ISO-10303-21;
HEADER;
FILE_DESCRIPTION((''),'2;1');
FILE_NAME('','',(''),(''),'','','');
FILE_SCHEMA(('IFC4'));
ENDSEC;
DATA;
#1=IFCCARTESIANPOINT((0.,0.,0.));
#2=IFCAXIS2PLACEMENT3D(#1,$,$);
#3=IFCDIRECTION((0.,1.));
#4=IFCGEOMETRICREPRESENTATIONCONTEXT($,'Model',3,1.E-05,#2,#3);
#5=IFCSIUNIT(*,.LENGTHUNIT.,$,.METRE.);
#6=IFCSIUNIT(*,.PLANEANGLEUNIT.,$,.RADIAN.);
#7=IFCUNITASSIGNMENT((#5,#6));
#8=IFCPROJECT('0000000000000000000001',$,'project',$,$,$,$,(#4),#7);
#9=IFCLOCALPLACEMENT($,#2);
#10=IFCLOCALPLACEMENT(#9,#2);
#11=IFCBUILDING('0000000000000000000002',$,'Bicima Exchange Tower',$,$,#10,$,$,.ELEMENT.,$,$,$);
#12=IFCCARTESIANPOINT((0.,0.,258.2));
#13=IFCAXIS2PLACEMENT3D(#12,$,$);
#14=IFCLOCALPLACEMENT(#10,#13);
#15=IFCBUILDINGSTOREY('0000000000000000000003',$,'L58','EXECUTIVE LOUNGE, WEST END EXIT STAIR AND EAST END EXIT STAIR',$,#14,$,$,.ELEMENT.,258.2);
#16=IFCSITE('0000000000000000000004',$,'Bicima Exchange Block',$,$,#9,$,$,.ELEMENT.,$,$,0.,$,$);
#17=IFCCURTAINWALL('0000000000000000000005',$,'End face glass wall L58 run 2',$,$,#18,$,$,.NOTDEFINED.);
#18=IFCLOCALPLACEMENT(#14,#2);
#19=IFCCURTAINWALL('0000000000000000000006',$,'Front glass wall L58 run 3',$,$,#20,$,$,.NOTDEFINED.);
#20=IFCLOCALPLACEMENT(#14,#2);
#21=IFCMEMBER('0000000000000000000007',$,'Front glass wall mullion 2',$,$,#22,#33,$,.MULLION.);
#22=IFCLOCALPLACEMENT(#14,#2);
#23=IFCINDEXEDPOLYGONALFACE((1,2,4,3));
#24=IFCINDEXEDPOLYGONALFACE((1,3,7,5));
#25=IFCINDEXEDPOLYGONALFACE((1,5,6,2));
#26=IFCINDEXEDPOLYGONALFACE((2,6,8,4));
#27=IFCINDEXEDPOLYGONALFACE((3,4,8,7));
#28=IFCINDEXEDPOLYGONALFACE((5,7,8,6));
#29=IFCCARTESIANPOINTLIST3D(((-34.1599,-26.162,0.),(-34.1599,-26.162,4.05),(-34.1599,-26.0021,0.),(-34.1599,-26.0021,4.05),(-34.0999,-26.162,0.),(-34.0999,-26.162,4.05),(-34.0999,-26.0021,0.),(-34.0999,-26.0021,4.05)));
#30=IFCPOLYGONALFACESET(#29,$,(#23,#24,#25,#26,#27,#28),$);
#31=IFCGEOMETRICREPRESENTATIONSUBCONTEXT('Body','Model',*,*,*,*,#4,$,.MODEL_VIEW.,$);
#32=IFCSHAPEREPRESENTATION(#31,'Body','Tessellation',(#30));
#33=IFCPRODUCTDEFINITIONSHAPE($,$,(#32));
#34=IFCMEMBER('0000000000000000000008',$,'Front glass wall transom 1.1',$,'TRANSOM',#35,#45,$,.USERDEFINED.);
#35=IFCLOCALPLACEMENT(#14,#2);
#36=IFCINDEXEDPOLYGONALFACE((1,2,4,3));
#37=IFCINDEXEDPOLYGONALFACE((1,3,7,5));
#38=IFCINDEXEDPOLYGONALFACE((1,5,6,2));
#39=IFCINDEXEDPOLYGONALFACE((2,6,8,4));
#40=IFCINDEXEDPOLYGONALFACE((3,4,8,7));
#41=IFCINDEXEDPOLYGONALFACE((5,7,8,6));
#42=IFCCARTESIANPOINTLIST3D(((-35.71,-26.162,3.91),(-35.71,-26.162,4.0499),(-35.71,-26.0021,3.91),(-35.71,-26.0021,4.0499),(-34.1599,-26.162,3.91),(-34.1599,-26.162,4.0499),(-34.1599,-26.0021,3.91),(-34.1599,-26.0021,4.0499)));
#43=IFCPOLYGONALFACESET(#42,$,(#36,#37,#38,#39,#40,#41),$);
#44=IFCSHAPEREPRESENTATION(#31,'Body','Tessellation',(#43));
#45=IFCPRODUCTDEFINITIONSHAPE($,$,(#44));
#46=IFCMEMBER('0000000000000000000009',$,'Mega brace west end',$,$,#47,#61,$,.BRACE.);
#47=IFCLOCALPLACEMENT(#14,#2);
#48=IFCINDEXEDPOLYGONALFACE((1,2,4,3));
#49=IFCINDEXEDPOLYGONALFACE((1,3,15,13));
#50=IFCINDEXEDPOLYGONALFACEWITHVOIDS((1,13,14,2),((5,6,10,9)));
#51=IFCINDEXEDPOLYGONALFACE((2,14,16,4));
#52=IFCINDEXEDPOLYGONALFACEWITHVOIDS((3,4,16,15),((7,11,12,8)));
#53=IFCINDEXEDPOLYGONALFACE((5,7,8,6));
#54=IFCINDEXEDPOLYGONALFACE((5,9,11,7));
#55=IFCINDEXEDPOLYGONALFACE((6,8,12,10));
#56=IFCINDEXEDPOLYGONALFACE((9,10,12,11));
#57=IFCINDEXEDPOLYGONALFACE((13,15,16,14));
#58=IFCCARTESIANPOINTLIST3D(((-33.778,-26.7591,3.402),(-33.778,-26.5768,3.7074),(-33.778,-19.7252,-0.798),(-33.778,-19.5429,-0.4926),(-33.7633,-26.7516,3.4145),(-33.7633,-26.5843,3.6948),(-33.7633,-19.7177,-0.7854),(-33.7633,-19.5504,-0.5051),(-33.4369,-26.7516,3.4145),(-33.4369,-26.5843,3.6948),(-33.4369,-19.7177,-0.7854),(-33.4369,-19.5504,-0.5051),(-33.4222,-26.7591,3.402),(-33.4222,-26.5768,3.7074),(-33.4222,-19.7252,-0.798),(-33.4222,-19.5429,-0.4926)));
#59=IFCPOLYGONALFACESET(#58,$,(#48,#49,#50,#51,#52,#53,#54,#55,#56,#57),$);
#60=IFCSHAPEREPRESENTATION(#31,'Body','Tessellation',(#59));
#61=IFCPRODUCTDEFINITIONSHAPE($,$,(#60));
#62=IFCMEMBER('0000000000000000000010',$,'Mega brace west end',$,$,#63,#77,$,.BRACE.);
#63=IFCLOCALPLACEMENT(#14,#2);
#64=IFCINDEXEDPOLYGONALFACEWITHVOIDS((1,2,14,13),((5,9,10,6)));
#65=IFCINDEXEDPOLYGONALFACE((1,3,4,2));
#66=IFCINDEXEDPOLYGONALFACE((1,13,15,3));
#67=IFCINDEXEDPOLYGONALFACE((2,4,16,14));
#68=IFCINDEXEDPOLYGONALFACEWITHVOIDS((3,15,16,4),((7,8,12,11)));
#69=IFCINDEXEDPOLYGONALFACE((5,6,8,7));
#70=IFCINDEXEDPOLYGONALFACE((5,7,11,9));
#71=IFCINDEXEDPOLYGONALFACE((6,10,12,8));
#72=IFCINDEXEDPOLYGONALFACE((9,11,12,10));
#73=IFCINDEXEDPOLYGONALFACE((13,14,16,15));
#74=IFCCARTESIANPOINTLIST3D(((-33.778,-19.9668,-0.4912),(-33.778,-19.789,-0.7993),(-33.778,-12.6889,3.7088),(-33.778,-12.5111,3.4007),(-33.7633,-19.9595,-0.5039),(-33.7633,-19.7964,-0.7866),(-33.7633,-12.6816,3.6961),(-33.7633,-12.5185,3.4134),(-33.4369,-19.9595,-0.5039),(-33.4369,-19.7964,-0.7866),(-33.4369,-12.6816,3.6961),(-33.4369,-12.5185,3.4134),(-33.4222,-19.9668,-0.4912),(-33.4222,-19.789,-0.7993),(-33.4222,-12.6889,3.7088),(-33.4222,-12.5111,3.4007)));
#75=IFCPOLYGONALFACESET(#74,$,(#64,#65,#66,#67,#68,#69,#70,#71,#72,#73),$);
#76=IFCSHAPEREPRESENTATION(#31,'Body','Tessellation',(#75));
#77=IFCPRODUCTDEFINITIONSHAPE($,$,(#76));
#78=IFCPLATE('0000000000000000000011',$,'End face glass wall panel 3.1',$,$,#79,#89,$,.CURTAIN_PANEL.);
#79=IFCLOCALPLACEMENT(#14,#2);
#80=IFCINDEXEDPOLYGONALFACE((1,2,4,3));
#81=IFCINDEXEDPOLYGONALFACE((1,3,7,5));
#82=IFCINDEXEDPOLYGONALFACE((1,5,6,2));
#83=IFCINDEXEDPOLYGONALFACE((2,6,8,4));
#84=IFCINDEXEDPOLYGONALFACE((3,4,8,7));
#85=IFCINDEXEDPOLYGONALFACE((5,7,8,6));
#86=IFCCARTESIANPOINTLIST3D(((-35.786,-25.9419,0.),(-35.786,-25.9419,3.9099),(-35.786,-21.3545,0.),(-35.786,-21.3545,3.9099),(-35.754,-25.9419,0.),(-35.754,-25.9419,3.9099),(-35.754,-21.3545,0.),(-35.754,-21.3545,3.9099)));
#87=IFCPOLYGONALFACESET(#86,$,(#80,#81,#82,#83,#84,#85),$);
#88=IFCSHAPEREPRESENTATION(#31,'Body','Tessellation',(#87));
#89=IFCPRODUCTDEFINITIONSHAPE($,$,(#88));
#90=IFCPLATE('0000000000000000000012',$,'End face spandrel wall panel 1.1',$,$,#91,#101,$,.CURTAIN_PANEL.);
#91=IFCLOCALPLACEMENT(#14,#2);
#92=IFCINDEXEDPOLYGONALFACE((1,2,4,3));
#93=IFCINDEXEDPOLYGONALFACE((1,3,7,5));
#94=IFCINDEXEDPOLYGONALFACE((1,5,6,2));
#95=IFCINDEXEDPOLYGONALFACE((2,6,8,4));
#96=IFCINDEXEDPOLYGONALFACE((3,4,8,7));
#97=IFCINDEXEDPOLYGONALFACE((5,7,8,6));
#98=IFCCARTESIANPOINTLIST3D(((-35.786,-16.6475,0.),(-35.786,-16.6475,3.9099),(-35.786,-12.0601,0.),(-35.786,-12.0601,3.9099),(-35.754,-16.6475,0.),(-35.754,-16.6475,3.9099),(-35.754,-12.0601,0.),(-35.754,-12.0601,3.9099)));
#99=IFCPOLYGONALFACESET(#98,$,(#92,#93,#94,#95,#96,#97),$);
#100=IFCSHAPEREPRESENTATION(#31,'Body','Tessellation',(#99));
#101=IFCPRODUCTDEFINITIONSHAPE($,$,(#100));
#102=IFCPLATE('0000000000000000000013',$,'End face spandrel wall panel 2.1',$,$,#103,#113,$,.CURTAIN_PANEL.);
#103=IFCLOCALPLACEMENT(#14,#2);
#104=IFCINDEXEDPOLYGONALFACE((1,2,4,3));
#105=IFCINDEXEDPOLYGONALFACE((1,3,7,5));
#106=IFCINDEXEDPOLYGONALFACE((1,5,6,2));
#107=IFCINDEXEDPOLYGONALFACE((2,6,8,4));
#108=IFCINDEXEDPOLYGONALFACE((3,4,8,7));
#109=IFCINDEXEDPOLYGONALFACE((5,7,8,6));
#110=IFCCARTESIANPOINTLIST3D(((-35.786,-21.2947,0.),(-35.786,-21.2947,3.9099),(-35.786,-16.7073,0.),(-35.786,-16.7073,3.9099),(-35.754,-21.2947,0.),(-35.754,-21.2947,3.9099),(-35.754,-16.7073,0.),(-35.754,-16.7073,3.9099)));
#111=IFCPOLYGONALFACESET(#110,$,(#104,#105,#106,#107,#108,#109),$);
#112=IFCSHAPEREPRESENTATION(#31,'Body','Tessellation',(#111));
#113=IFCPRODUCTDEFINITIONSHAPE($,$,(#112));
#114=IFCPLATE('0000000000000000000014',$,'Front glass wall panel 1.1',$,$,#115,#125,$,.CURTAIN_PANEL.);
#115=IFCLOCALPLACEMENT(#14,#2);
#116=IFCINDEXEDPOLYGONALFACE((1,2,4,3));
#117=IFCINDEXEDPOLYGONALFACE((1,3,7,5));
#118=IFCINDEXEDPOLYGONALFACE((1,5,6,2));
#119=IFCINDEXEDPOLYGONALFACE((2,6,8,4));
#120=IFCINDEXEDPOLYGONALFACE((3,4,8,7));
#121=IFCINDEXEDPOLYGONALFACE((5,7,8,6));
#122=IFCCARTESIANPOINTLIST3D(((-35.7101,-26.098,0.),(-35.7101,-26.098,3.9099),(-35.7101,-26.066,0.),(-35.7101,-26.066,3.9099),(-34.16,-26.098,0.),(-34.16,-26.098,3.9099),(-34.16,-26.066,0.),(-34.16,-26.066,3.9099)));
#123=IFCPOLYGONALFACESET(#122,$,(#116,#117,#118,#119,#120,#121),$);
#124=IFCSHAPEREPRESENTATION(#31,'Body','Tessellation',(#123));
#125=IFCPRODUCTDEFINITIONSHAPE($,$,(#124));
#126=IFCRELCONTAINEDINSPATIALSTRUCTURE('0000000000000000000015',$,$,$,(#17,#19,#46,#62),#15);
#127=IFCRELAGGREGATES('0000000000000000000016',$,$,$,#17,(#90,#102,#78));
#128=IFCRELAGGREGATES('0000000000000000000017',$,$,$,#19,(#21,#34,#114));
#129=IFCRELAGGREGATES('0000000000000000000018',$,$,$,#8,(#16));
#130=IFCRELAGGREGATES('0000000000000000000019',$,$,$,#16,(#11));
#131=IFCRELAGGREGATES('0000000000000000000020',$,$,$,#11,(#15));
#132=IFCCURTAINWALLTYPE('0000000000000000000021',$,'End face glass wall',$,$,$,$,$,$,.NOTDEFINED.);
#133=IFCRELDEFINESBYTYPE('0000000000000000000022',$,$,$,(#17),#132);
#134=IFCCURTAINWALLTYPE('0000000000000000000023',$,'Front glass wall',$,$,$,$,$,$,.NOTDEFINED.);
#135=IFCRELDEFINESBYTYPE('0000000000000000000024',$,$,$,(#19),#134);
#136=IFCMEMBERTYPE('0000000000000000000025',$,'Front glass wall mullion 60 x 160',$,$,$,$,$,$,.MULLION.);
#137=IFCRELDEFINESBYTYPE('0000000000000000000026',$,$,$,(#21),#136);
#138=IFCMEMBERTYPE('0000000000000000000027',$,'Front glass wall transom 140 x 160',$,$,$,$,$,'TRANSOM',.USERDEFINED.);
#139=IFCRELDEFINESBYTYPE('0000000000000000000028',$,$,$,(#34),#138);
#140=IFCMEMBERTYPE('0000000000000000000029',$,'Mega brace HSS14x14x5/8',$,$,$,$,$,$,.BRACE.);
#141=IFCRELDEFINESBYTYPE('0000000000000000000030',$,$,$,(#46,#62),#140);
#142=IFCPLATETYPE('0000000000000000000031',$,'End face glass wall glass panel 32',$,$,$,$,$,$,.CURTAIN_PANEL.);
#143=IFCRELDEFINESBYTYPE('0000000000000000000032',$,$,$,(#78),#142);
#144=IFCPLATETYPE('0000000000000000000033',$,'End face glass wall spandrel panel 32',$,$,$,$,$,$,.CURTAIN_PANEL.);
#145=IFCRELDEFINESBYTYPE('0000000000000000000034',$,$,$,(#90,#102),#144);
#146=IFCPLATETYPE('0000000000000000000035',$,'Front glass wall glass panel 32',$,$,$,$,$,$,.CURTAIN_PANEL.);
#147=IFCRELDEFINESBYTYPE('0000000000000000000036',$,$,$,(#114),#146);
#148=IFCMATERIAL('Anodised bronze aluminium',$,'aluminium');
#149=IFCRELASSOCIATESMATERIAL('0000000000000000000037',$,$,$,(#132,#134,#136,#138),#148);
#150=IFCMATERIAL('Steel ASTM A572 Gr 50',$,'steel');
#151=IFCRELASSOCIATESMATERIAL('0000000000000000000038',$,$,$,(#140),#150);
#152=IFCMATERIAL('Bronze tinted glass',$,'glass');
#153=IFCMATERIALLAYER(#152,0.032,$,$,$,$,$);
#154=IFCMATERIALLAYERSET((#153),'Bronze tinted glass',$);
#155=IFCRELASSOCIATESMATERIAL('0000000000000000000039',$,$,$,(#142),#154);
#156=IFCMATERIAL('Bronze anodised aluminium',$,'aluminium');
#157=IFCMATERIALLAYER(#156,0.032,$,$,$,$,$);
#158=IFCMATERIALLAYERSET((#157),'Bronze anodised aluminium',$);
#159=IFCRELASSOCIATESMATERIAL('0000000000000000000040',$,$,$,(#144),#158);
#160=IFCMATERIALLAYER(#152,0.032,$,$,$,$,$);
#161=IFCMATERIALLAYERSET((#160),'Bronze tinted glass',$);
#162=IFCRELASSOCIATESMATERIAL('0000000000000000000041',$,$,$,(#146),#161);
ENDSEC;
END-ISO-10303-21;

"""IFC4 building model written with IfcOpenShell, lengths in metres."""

from ifc_helpers import new_model, si_unit, direction, frame, origin, origin_2d, place, context, subcontext, project, spatial, rectangle, hollow_rectangle, extrude, material, layer, layer_set, material_profile, profile_set, type_object, element, aggregate, save


model = new_model("IFC4")

# Units and contexts
model_context = context("Model", 3, precision=1e-05, world=origin(), true_north=direction((0.0, 1.0)))
body_context = subcontext(model_context, "Body", "Model", "MODEL_VIEW")
ifc_project = project(units=[si_unit("LENGTHUNIT", "METRE"), si_unit("PLANEANGLEUNIT", "RADIAN")], contexts=[model_context])

# Site, building, storey
site_placement = place(None, origin())
site = spatial("IfcSite", under=ifc_project, at=site_placement, Name="Bicima Exchange Block", CompositionType="ELEMENT", RefElevation=0.0)
building_placement = place(site_placement, origin())
building = spatial("IfcBuilding", under=site, at=building_placement, Name="Bicima Exchange Tower", CompositionType="ELEMENT")
storey_placement = place(building_placement, frame((0.0, 0.0, 258.2)))
storey = spatial("IfcBuildingStorey", under=building, at=storey_placement, Name="L58", Description="EXECUTIVE LOUNGE, WEST END EXIT STAIR AND EAST END EXIT STAIR", CompositionType="ELEMENT", Elevation=258.2)

# Shared definitions
ifc_material_1 = material(Name="Steel ASTM A572 Gr 50", Category="steel")

# Curtain wall
ifc_material_2 = material(Name="Anodised bronze aluminium", Category="aluminium")
curtain_wall_type_1 = type_object("IfcCurtainWallType", Name="End face glass wall", PredefinedType="NOTDEFINED", material=ifc_material_2)
curtain_wall_1_placement = place(storey_placement, origin())
curtain_wall_1 = element("IfcCurtainWall", 1, at=curtain_wall_1_placement, inside=storey, type_object=curtain_wall_type_1, Name="End face glass wall L58 run 2", PredefinedType="NOTDEFINED")
ifc_material_profile_1 = material_profile(ifc_material_2, rectangle(XDim=0.1599, YDim=0.0601, at=origin_2d()))
ifc_profile_set_1 = profile_set([ifc_material_profile_1], Name="Anodised bronze aluminium")
ifc_material_profile_2 = material_profile(ifc_material_2, rectangle(XDim=0.1599, YDim=0.1399, at=origin_2d()))
ifc_profile_set_2 = profile_set([ifc_material_profile_2], Name="Anodised bronze aluminium")

# Curtain wall, members
curtain_wall_type_2 = type_object("IfcCurtainWallType", Name="Front glass wall", PredefinedType="NOTDEFINED", material=ifc_material_2)
curtain_wall_2_placement = place(storey_placement, origin())
curtain_wall_2 = element("IfcCurtainWall", 2, at=curtain_wall_2_placement, inside=storey, type_object=curtain_wall_type_2, Name="Front glass wall L58 run 3", PredefinedType="NOTDEFINED")
member_type_1 = type_object("IfcMemberType", Name="Front glass wall mullion 60 x 160", PredefinedType="MULLION", material=ifc_profile_set_1)
member_1_placement = place(storey_placement, frame((-34.1299, -26.082, 0.0), z_axis=(0.0, 0.0, 1.0), x_axis=(0.0, 1.0, 0.0)))
member_1 = element("IfcMember", 3, at=member_1_placement, type_object=member_type_1, Name="Front glass wall mullion 2", PredefinedType="MULLION", context=body_context, shape_type="SweptSolid", body=[
    extrude(rectangle(XDim=0.1599, YDim=0.0601, at=origin_2d()), origin(), (0.0, 0.0, 1.0), 4.05),
])
member_type_2 = type_object("IfcMemberType", Name="Front glass wall transom 140 x 160", ElementType="TRANSOM", PredefinedType="USERDEFINED", material=ifc_profile_set_2)
member_2_placement = place(storey_placement, frame((-35.71, -26.082, 3.98), z_axis=(1.0, 0.0, 0.0), x_axis=(0.0, 1.0, 0.0)))
member_2 = element("IfcMember", 4, at=member_2_placement, type_object=member_type_2, Name="Front glass wall transom 1.1", ObjectType="TRANSOM", PredefinedType="USERDEFINED", context=body_context, shape_type="SweptSolid", body=[
    extrude(rectangle(XDim=0.1599, YDim=0.1399, at=origin_2d()), origin(), (0.0, 0.0, 1.0), 1.55),
])

# Members
ifc_material_profile_3 = material_profile(ifc_material_1, hollow_rectangle(XDim=0.3557, YDim=0.3557, WallThickness=0.0146, at=origin_2d()))
ifc_profile_set_3 = profile_set([ifc_material_profile_3], Name="Steel ASTM A572 Gr 50")
member_type_3 = type_object("IfcMemberType", Name="Mega brace HSS14x14x5/8", PredefinedType="BRACE", material=ifc_profile_set_3)
member_3_placement = place(storey_placement, frame((-33.6001, -19.634, -0.6453), z_axis=(0.0, -0.85859, 0.512663), x_axis=(1.0, 0.0, 0.0)))
element("IfcMember", 5, at=member_3_placement, inside=storey, type_object=member_type_3, Name="Mega brace west end", PredefinedType="BRACE", context=body_context, shape_type="SweptSolid", body=[
    extrude(hollow_rectangle(XDim=0.3557, YDim=0.3557, WallThickness=0.0146, at=origin_2d()), origin(), (0.0, 0.0, 1.0), 8.1924),
])
member_4_placement = place(storey_placement, frame((-33.6001, -19.8779, -0.6453), z_axis=(0.0, 0.866124, 0.49983), x_axis=(-1.0, 0.0, 0.0)))
element("IfcMember", 6, at=member_4_placement, inside=storey, type_object=member_type_3, Name="Mega brace west end", PredefinedType="BRACE", context=body_context, shape_type="SweptSolid", body=[
    extrude(hollow_rectangle(XDim=0.3557, YDim=0.3557, WallThickness=0.0146, at=origin_2d()), origin(), (0.0, 0.0, 1.0), 8.4028),
])

# Plates
ifc_material_3 = material(Name="Bronze tinted glass", Category="glass")
ifc_layer_1 = layer(ifc_material_3, 0.032)
ifc_layer_set_1 = layer_set([ifc_layer_1], Name="Bronze tinted glass")
plate_type_1 = type_object("IfcPlateType", Name="End face glass wall glass panel 32", PredefinedType="CURTAIN_PANEL", material=ifc_layer_set_1)
plate_1_placement = place(storey_placement, frame((-35.77, -23.6482, 0.0), z_axis=(0.0, 0.0, 1.0), x_axis=(0.0, -1.0, 0.0)))
plate_1 = element("IfcPlate", 7, at=plate_1_placement, type_object=plate_type_1, Name="End face glass wall panel 3.1", PredefinedType="CURTAIN_PANEL", context=body_context, shape_type="SweptSolid", body=[
    extrude(rectangle(XDim=4.5874, YDim=0.032, at=origin_2d()), origin(), (0.0, 0.0, 1.0), 3.9099),
])
ifc_material_4 = material(Name="Bronze anodised aluminium", Category="aluminium")
ifc_layer_2 = layer(ifc_material_4, 0.032)
ifc_layer_set_2 = layer_set([ifc_layer_2], Name="Bronze anodised aluminium")
plate_type_2 = type_object("IfcPlateType", Name="End face glass wall spandrel panel 32", PredefinedType="CURTAIN_PANEL", material=ifc_layer_set_2)
plate_2_placement = place(storey_placement, frame((-35.77, -14.3538, 0.0), z_axis=(0.0, 0.0, 1.0), x_axis=(0.0, -1.0, 0.0)))
plate_2 = element("IfcPlate", 8, at=plate_2_placement, type_object=plate_type_2, Name="End face spandrel wall panel 1.1", PredefinedType="CURTAIN_PANEL", context=body_context, shape_type="SweptSolid", body=[
    extrude(rectangle(XDim=4.5874, YDim=0.032, at=origin_2d()), origin(), (0.0, 0.0, 1.0), 3.9099),
])
plate_3_placement = place(storey_placement, frame((-35.77, -19.001, 0.0), z_axis=(0.0, 0.0, 1.0), x_axis=(0.0, -1.0, 0.0)))
plate_3 = element("IfcPlate", 9, at=plate_3_placement, type_object=plate_type_2, Name="End face spandrel wall panel 2.1", PredefinedType="CURTAIN_PANEL", context=body_context, shape_type="SweptSolid", body=[
    extrude(rectangle(XDim=4.5874, YDim=0.032, at=origin_2d()), origin(), (0.0, 0.0, 1.0), 3.9099),
])
aggregate(curtain_wall_1, [plate_2, plate_3, plate_1])
ifc_layer_3 = layer(ifc_material_3, 0.032)
ifc_layer_set_3 = layer_set([ifc_layer_3], Name="Bronze tinted glass")
plate_type_3 = type_object("IfcPlateType", Name="Front glass wall glass panel 32", PredefinedType="CURTAIN_PANEL", material=ifc_layer_set_3)
plate_4_placement = place(storey_placement, frame((-34.9351, -26.082, 0.0), z_axis=(0.0, 0.0, 1.0), x_axis=(1.0, 0.0, 0.0)))
plate_4 = element("IfcPlate", 10, at=plate_4_placement, type_object=plate_type_3, Name="Front glass wall panel 1.1", PredefinedType="CURTAIN_PANEL", context=body_context, shape_type="SweptSolid", body=[
    extrude(rectangle(XDim=1.55, YDim=0.032, at=origin_2d()), origin(), (0.0, 0.0, 1.0), 3.9099),
])
aggregate(curtain_wall_2, [member_1, member_2, plate_4])

save(model, "model.ifc")
